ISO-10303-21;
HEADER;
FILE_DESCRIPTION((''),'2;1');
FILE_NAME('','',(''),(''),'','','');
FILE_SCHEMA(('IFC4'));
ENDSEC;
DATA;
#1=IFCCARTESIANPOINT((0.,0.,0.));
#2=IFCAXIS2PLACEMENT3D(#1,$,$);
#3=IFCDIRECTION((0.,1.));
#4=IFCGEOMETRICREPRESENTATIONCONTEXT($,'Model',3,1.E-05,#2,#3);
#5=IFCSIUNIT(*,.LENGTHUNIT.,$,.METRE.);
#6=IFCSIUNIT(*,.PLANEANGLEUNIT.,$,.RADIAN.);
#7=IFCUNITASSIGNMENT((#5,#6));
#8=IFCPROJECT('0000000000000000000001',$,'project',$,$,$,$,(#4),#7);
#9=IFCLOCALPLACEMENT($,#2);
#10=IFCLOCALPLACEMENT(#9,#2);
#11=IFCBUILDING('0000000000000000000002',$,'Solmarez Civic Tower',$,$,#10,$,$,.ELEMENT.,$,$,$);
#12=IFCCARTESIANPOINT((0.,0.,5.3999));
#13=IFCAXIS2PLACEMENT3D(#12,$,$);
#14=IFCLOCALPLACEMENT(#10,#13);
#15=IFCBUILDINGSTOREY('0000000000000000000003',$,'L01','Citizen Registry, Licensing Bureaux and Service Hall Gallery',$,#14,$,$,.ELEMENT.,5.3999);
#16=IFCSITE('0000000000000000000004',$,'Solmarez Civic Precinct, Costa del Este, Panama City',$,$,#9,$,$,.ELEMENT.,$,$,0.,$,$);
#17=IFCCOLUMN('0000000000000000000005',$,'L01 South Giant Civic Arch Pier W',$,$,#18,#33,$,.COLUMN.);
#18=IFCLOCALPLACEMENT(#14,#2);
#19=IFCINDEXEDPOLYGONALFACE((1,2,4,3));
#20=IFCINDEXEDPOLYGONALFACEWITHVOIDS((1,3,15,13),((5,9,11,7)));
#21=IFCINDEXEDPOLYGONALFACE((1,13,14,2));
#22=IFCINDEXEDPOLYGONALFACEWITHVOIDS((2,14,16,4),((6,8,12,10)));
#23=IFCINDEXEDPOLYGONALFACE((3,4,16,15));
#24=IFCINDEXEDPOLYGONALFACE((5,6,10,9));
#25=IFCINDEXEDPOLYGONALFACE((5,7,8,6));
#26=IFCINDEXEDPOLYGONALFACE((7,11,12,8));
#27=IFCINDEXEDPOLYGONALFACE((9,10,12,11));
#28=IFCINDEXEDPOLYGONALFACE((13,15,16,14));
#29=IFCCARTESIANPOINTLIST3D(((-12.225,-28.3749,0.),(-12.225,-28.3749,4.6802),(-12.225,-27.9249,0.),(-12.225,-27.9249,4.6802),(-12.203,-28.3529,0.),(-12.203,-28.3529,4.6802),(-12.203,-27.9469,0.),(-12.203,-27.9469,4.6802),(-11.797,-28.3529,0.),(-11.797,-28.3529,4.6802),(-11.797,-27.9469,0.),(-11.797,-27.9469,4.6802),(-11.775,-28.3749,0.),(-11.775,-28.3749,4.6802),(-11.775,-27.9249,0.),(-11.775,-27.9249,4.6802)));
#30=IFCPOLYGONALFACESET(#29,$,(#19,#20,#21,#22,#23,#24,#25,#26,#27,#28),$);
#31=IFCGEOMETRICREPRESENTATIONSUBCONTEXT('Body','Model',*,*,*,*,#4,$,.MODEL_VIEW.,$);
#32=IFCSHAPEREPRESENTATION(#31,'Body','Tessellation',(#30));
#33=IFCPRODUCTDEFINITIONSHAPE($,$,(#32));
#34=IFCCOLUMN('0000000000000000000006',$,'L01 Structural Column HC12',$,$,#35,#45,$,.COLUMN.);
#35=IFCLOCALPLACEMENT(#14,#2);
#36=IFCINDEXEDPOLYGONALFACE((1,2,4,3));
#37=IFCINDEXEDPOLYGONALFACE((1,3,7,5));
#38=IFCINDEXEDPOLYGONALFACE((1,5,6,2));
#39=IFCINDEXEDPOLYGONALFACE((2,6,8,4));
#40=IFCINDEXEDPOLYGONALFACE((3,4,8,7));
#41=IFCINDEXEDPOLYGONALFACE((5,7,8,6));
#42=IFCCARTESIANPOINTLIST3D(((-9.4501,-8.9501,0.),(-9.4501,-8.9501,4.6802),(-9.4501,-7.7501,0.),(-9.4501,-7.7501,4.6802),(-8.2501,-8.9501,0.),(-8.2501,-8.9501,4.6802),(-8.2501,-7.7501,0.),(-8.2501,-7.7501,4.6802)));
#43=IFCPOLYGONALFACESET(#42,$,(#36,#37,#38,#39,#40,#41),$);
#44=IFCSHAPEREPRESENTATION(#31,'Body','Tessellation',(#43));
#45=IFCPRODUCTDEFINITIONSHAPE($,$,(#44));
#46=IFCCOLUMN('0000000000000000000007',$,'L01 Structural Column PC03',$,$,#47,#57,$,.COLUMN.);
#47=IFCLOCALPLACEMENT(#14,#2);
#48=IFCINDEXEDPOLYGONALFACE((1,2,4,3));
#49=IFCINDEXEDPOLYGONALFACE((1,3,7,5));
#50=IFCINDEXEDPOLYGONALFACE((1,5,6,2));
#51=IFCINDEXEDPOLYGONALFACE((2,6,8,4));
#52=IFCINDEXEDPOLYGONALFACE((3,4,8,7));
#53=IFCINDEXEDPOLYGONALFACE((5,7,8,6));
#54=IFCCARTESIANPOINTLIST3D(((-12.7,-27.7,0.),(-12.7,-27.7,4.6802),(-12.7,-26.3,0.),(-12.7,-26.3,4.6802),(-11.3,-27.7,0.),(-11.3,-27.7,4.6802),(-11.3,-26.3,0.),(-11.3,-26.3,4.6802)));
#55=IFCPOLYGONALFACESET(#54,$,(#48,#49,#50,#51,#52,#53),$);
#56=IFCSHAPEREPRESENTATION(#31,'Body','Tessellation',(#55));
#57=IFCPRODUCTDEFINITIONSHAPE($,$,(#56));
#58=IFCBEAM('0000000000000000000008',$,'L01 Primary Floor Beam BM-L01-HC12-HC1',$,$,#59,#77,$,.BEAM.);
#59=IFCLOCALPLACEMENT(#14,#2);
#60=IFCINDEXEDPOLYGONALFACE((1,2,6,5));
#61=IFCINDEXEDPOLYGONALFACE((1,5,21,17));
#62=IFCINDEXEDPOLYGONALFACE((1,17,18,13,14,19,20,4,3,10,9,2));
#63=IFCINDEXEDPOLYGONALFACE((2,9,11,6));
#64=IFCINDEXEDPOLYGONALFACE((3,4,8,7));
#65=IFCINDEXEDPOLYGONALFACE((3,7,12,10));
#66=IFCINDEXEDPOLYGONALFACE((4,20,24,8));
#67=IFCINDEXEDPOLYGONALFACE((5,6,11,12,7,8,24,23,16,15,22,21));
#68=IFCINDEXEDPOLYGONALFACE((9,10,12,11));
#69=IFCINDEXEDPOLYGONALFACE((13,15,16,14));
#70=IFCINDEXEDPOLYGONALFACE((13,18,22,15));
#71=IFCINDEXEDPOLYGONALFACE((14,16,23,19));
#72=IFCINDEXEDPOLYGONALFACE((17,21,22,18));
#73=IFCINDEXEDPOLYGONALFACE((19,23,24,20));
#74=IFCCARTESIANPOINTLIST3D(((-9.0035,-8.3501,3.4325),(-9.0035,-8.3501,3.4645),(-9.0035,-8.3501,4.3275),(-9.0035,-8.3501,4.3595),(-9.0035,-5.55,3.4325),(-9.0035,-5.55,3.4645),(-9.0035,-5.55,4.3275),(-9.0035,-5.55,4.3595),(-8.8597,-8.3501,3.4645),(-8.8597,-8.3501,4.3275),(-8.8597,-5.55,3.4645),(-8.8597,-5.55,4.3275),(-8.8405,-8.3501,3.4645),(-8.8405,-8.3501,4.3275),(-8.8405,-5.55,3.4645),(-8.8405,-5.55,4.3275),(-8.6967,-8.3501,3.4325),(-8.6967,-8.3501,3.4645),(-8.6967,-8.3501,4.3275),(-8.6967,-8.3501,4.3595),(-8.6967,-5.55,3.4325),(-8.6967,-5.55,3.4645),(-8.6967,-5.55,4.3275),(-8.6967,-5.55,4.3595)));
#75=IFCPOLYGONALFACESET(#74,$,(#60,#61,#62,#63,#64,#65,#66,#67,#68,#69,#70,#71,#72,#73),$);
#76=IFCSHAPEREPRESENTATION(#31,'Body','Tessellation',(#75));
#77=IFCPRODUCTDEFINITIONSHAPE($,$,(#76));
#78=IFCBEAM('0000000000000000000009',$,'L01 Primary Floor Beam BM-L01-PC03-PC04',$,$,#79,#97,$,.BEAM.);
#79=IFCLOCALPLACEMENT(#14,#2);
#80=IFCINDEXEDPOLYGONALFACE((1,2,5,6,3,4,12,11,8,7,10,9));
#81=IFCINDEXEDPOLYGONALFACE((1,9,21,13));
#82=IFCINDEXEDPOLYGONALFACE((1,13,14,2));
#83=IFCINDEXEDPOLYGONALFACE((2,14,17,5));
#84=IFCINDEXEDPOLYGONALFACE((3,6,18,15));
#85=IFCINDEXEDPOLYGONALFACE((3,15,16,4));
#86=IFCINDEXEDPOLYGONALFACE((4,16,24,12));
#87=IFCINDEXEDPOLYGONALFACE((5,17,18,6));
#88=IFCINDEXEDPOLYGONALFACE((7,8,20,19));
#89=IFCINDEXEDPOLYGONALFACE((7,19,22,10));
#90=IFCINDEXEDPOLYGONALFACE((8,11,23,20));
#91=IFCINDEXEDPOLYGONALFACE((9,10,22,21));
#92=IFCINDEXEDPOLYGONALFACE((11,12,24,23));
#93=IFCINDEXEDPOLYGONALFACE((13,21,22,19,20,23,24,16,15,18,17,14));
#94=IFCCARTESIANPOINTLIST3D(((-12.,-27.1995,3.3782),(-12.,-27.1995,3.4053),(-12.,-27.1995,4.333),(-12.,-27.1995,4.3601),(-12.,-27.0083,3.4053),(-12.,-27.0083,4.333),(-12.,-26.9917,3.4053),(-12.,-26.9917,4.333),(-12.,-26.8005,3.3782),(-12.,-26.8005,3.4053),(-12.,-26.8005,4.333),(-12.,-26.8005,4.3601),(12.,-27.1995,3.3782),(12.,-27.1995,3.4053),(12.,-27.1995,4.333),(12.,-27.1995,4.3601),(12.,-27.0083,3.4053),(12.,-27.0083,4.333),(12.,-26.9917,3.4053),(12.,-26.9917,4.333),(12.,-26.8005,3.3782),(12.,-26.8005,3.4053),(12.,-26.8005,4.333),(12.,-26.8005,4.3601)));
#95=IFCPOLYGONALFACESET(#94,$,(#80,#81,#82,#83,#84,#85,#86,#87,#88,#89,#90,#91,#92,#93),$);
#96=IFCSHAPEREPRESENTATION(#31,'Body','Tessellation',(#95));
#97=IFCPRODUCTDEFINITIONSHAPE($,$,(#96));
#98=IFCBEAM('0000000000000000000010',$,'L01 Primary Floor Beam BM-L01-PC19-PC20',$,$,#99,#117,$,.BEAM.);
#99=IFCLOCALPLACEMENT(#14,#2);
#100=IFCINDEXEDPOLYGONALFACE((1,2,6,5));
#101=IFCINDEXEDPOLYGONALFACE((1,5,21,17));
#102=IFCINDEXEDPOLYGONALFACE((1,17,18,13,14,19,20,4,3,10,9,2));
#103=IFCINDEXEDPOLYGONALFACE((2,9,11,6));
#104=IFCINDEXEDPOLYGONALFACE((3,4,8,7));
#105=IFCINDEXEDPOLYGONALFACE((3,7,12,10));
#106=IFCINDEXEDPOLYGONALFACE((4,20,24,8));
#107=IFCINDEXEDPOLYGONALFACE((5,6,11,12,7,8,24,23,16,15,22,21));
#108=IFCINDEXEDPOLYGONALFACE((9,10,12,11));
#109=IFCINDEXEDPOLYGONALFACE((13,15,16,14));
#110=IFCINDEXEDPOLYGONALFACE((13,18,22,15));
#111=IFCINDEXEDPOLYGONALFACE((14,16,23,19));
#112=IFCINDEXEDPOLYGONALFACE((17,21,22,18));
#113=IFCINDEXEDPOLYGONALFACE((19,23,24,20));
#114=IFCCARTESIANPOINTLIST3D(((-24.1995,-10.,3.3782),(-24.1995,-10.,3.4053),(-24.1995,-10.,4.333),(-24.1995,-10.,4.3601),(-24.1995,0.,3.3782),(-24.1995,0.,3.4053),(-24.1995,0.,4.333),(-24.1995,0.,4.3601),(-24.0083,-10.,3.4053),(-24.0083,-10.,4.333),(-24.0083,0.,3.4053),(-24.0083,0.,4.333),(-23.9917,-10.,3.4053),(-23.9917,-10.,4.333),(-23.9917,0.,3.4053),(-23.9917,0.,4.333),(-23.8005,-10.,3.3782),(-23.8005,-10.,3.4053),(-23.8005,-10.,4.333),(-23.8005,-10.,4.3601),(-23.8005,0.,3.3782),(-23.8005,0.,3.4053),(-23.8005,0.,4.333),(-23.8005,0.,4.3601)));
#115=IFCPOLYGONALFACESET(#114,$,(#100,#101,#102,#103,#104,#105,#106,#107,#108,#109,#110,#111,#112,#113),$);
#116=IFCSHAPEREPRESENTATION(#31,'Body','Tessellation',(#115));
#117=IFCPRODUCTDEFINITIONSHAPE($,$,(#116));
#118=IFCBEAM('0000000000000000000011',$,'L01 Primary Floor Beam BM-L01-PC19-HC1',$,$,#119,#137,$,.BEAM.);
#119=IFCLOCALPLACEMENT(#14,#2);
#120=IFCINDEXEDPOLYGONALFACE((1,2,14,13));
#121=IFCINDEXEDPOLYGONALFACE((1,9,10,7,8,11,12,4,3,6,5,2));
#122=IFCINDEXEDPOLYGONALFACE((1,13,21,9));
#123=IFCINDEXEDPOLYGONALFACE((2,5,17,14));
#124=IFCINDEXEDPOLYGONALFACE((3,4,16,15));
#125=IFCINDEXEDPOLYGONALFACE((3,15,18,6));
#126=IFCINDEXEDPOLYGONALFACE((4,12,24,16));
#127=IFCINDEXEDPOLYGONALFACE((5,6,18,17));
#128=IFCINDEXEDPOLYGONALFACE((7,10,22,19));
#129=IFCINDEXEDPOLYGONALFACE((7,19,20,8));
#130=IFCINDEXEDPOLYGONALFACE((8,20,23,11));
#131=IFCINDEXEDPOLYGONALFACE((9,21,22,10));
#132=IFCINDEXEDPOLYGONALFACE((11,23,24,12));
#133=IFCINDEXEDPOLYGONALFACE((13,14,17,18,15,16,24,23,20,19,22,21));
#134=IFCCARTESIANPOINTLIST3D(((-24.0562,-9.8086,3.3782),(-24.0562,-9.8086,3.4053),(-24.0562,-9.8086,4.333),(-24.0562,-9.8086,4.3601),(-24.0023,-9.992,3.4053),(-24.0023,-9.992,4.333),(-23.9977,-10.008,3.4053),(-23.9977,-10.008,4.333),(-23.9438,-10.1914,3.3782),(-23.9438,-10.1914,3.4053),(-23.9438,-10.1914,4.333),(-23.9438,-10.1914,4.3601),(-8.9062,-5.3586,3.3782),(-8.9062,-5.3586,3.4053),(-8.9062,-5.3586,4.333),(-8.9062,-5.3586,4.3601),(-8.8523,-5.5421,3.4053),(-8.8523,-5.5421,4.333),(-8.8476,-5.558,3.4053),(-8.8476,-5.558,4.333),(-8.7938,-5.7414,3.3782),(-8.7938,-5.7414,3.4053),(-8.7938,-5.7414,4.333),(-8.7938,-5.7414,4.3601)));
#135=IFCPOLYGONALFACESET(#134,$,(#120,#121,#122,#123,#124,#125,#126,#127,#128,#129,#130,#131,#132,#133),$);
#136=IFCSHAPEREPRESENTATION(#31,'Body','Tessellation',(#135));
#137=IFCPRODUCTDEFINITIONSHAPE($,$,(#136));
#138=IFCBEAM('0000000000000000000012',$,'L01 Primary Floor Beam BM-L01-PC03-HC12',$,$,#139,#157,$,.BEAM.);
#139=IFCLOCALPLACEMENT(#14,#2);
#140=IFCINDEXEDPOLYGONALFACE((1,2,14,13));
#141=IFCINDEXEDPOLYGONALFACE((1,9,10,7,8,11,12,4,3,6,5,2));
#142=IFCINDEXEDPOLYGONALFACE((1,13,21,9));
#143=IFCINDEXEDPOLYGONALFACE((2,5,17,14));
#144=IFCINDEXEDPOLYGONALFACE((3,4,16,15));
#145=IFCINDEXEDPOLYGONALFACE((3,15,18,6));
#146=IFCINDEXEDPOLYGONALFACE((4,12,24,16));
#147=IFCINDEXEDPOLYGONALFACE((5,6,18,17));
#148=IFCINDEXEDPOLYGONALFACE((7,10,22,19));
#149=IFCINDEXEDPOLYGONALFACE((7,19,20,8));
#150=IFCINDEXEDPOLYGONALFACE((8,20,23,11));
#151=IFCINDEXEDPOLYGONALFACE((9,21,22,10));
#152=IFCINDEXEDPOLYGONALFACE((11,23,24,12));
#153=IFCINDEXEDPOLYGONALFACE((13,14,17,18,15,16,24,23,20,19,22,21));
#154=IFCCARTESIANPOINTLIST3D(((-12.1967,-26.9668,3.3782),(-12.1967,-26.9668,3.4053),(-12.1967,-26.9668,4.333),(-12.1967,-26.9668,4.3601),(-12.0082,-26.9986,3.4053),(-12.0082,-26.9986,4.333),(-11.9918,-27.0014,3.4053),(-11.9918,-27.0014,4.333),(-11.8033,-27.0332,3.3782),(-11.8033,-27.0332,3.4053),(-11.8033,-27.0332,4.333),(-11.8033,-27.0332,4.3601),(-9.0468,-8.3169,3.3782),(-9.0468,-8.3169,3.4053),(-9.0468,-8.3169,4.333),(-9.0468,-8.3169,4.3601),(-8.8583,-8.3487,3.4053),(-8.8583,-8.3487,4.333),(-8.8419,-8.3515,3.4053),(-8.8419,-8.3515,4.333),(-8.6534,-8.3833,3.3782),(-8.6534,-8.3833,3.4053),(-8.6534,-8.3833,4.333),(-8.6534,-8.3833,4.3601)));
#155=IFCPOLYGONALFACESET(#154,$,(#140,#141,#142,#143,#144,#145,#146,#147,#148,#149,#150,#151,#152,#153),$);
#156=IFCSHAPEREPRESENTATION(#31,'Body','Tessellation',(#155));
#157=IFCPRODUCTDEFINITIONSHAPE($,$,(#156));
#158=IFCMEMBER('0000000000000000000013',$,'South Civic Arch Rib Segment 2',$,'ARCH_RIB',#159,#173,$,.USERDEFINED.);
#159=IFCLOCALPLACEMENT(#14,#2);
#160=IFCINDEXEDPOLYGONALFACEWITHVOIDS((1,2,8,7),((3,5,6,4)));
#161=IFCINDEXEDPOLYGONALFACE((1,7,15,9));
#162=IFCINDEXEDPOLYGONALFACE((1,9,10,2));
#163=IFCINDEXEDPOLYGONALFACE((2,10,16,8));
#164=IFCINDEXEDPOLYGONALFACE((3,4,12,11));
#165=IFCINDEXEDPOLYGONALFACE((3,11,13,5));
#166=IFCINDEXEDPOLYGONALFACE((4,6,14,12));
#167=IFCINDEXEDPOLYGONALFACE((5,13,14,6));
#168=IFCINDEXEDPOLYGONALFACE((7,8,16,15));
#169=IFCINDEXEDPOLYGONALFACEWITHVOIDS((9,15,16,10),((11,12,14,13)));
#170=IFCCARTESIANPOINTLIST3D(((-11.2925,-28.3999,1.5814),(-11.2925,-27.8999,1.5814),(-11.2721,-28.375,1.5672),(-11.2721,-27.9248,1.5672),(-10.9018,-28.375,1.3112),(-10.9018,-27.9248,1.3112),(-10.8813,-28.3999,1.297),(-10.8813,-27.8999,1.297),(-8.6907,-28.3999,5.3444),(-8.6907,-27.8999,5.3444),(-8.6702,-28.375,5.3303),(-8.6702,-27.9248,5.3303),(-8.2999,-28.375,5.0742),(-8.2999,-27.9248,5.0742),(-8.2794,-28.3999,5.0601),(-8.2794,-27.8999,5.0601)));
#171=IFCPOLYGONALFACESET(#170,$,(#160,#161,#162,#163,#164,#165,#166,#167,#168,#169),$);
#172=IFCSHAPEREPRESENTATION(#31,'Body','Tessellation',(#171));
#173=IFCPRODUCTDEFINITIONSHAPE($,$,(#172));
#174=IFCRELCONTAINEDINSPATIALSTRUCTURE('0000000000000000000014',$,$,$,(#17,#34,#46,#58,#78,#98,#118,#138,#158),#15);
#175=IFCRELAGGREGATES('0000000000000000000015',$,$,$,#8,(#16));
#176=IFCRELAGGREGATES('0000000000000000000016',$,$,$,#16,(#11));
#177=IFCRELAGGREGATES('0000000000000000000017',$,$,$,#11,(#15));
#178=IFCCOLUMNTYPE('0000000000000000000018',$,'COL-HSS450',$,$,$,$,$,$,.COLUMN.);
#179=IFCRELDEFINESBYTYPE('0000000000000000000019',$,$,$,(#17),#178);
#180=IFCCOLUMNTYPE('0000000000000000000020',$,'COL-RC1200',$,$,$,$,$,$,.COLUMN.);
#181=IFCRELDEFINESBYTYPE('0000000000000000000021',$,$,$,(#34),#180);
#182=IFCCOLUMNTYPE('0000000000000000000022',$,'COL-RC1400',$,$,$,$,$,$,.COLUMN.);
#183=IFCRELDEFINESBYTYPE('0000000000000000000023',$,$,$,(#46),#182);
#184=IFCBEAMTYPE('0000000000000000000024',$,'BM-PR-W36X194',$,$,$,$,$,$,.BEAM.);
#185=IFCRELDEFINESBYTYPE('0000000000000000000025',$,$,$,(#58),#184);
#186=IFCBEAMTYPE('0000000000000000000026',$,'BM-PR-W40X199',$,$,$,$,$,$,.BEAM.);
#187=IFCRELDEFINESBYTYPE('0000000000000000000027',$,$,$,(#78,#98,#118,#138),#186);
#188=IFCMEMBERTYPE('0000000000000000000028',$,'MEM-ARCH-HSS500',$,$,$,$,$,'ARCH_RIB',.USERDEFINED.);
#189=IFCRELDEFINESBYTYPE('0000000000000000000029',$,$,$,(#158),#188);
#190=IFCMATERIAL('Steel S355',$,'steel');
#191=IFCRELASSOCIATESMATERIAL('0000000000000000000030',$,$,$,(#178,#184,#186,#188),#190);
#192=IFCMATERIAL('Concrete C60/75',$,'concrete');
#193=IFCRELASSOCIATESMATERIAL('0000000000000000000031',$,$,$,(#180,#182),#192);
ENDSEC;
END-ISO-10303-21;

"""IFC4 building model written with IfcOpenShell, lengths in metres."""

from ifc_helpers import new_model, si_unit, direction, frame, origin, origin_2d, place, context, subcontext, project, spatial, rectangle, hollow_rectangle, i_section, extrude, material, material_profile, profile_set, type_object, element, save


model = new_model("IFC4")

# Units and contexts
model_context = context("Model", 3, precision=1e-05, world=origin(), true_north=direction((0.0, 1.0)))
body_context = subcontext(model_context, "Body", "Model", "MODEL_VIEW")
ifc_project = project(units=[si_unit("LENGTHUNIT", "METRE"), si_unit("PLANEANGLEUNIT", "RADIAN")], contexts=[model_context])

# Site, building, storey
site_placement = place(None, origin())
site = spatial("IfcSite", under=ifc_project, at=site_placement, Name="Solmarez Civic Precinct, Costa del Este, Panama City", CompositionType="ELEMENT", RefElevation=0.0)
building_placement = place(site_placement, origin())
building = spatial("IfcBuilding", under=site, at=building_placement, Name="Solmarez Civic Tower", CompositionType="ELEMENT")
storey_placement = place(building_placement, frame((0.0, 0.0, 5.3999)))
storey = spatial("IfcBuildingStorey", under=building, at=storey_placement, Name="L01", Description="Citizen Registry, Licensing Bureaux and Service Hall Gallery", CompositionType="ELEMENT", Elevation=5.3999)

# Columns
ifc_material_1 = material(Name="Steel S355", Category="steel")
ifc_material_profile_1 = material_profile(ifc_material_1, hollow_rectangle(XDim=0.45, YDim=0.45, WallThickness=0.022, at=origin_2d()), Name="HSS450X450X22")
ifc_profile_set_1 = profile_set([ifc_material_profile_1], Name="Steel S355")
column_type_1 = type_object("IfcColumnType", Name="COL-HSS450", PredefinedType="COLUMN", material=ifc_profile_set_1)
column_1_placement = place(storey_placement, frame((-12.0, -28.1499, 0.0), z_axis=(0.0, 0.0, 1.0), x_axis=(1.0, 0.0, 0.0)))
element("IfcColumn", 1, at=column_1_placement, inside=storey, type_object=column_type_1, Name="L01 South Giant Civic Arch Pier W", PredefinedType="COLUMN", context=body_context, shape_type="SweptSolid", body=[
    extrude(hollow_rectangle(XDim=0.45, YDim=0.45, WallThickness=0.022, at=origin_2d()), origin(), (0.0, 0.0, 1.0), 4.6802),
])
ifc_material_2 = material(Name="Concrete C60/75", Category="concrete")
ifc_material_profile_2 = material_profile(ifc_material_2, rectangle(XDim=1.2, YDim=1.2, at=origin_2d()), Name="RC1200X1200")
ifc_profile_set_2 = profile_set([ifc_material_profile_2], Name="Concrete C60/75")
column_type_2 = type_object("IfcColumnType", Name="COL-RC1200", PredefinedType="COLUMN", material=ifc_profile_set_2)
column_2_placement = place(storey_placement, frame((-8.8501, -8.3501, 0.0), z_axis=(0.0, 0.0, 1.0), x_axis=(1.0, 0.0, 0.0)))
element("IfcColumn", 2, at=column_2_placement, inside=storey, type_object=column_type_2, Name="L01 Structural Column HC12", PredefinedType="COLUMN", context=body_context, shape_type="SweptSolid", body=[
    extrude(rectangle(XDim=1.2, YDim=1.2, at=origin_2d()), origin(), (0.0, 0.0, 1.0), 4.6802),
])
ifc_material_profile_3 = material_profile(ifc_material_2, rectangle(XDim=1.3999, YDim=1.3999, at=origin_2d()), Name="RC1400X1400")
ifc_profile_set_3 = profile_set([ifc_material_profile_3], Name="Concrete C60/75")
column_type_3 = type_object("IfcColumnType", Name="COL-RC1400", PredefinedType="COLUMN", material=ifc_profile_set_3)
column_3_placement = place(storey_placement, frame((-12.0, -27.0, 0.0), z_axis=(0.0, 0.0, 1.0), x_axis=(1.0, 0.0, 0.0)))
element("IfcColumn", 3, at=column_3_placement, inside=storey, type_object=column_type_3, Name="L01 Structural Column PC03", PredefinedType="COLUMN", context=body_context, shape_type="SweptSolid", body=[
    extrude(rectangle(XDim=1.3999, YDim=1.3999, at=origin_2d()), origin(), (0.0, 0.0, 1.0), 4.6802),
])

# Beams
ifc_material_profile_4 = material_profile(ifc_material_1, i_section(OverallWidth=0.3069, OverallDepth=0.927, WebThickness=0.0193, FlangeThickness=0.032, at=origin_2d()), Name="W36X194")
ifc_profile_set_4 = profile_set([ifc_material_profile_4], Name="Steel S355")
beam_type_1 = type_object("IfcBeamType", Name="BM-PR-W36X194", PredefinedType="BEAM", material=ifc_profile_set_4)
beam_1_placement = place(storey_placement, frame((-8.8501, -8.3501, 3.896), z_axis=(0.0, 1.0, 0.0), x_axis=(-1.0, 0.0, 0.0)))
element("IfcBeam", 4, at=beam_1_placement, inside=storey, type_object=beam_type_1, Name="L01 Primary Floor Beam BM-L01-HC12-HC1", PredefinedType="BEAM", context=body_context, shape_type="SweptSolid", body=[
    extrude(i_section(OverallWidth=0.3069, OverallDepth=0.927, WebThickness=0.0193, FlangeThickness=0.032, at=origin_2d()), origin(), (0.0, 0.0, 1.0), 2.8),
])
ifc_material_profile_5 = material_profile(ifc_material_1, i_section(OverallWidth=0.3989, OverallDepth=0.9819, WebThickness=0.0166, FlangeThickness=0.0271, at=origin_2d()), Name="W40X199")
ifc_profile_set_5 = profile_set([ifc_material_profile_5], Name="Steel S355")
beam_type_2 = type_object("IfcBeamType", Name="BM-PR-W40X199", PredefinedType="BEAM", material=ifc_profile_set_5)
beam_2_placement = place(storey_placement, frame((-12.0, -27.0, 3.8691), z_axis=(1.0, 0.0, 0.0), x_axis=(0.0, 1.0, 0.0)))
element("IfcBeam", 5, at=beam_2_placement, inside=storey, type_object=beam_type_2, Name="L01 Primary Floor Beam BM-L01-PC03-PC04", PredefinedType="BEAM", context=body_context, shape_type="SweptSolid", body=[
    extrude(i_section(OverallWidth=0.3989, OverallDepth=0.9819, WebThickness=0.0166, FlangeThickness=0.0271, at=origin_2d()), origin(), (0.0, 0.0, 1.0), 24.0),
])
beam_3_placement = place(storey_placement, frame((-24.0, -10.0, 3.8691), z_axis=(0.0, 1.0, 0.0), x_axis=(-1.0, 0.0, 0.0)))
element("IfcBeam", 6, at=beam_3_placement, inside=storey, type_object=beam_type_2, Name="L01 Primary Floor Beam BM-L01-PC19-PC20", PredefinedType="BEAM", context=body_context, shape_type="SweptSolid", body=[
    extrude(i_section(OverallWidth=0.3989, OverallDepth=0.9819, WebThickness=0.0166, FlangeThickness=0.0271, at=origin_2d()), origin(), (0.0, 0.0, 1.0), 10.0),
])
beam_4_placement = place(storey_placement, frame((-24.0, -10.0, 3.8691), z_axis=(0.959467, 0.281822, 0.0), x_axis=(-0.281822, 0.959467, 0.0)))
element("IfcBeam", 7, at=beam_4_placement, inside=storey, type_object=beam_type_2, Name="L01 Primary Floor Beam BM-L01-PC19-HC1", PredefinedType="BEAM", context=body_context, shape_type="SweptSolid", body=[
    extrude(i_section(OverallWidth=0.3989, OverallDepth=0.9819, WebThickness=0.0166, FlangeThickness=0.0271, at=origin_2d()), origin(), (0.0, 0.0, 1.0), 15.79),
])
beam_5_placement = place(storey_placement, frame((-12.0, -27.0, 3.8691), z_axis=(0.166538, 0.986035, 0.0), x_axis=(-0.986035, 0.166538, 0.0)))
element("IfcBeam", 8, at=beam_5_placement, inside=storey, type_object=beam_type_2, Name="L01 Primary Floor Beam BM-L01-PC03-HC12", PredefinedType="BEAM", context=body_context, shape_type="SweptSolid", body=[
    extrude(i_section(OverallWidth=0.3989, OverallDepth=0.9819, WebThickness=0.0166, FlangeThickness=0.0271, at=origin_2d()), origin(), (0.0, 0.0, 1.0), 18.9141),
])

# Member
ifc_material_profile_6 = material_profile(ifc_material_1, hollow_rectangle(XDim=0.5, YDim=0.5, WallThickness=0.0249, at=origin_2d()), Name="HSS500X500X25")
ifc_profile_set_6 = profile_set([ifc_material_profile_6], Name="Steel S355")
member_type = type_object("IfcMemberType", Name="MEM-ARCH-HSS500", ElementType="ARCH_RIB", PredefinedType="USERDEFINED", material=ifc_profile_set_6)
member_placement = place(storey_placement, frame((-11.0869, -28.1499, 1.4392), z_axis=(0.568721, 0.0, 0.82253), x_axis=(0.0, 1.0, 0.0)))
element("IfcMember", 9, at=member_placement, inside=storey, type_object=member_type, Name="South Civic Arch Rib Segment 2", ObjectType="ARCH_RIB", PredefinedType="USERDEFINED", context=body_context, shape_type="SweptSolid", body=[
    extrude(hollow_rectangle(XDim=0.5, YDim=0.5, WallThickness=0.0249, at=origin_2d()), origin(), (0.0, 0.0, 1.0), 4.575),
])

save(model, "model.ifc")
